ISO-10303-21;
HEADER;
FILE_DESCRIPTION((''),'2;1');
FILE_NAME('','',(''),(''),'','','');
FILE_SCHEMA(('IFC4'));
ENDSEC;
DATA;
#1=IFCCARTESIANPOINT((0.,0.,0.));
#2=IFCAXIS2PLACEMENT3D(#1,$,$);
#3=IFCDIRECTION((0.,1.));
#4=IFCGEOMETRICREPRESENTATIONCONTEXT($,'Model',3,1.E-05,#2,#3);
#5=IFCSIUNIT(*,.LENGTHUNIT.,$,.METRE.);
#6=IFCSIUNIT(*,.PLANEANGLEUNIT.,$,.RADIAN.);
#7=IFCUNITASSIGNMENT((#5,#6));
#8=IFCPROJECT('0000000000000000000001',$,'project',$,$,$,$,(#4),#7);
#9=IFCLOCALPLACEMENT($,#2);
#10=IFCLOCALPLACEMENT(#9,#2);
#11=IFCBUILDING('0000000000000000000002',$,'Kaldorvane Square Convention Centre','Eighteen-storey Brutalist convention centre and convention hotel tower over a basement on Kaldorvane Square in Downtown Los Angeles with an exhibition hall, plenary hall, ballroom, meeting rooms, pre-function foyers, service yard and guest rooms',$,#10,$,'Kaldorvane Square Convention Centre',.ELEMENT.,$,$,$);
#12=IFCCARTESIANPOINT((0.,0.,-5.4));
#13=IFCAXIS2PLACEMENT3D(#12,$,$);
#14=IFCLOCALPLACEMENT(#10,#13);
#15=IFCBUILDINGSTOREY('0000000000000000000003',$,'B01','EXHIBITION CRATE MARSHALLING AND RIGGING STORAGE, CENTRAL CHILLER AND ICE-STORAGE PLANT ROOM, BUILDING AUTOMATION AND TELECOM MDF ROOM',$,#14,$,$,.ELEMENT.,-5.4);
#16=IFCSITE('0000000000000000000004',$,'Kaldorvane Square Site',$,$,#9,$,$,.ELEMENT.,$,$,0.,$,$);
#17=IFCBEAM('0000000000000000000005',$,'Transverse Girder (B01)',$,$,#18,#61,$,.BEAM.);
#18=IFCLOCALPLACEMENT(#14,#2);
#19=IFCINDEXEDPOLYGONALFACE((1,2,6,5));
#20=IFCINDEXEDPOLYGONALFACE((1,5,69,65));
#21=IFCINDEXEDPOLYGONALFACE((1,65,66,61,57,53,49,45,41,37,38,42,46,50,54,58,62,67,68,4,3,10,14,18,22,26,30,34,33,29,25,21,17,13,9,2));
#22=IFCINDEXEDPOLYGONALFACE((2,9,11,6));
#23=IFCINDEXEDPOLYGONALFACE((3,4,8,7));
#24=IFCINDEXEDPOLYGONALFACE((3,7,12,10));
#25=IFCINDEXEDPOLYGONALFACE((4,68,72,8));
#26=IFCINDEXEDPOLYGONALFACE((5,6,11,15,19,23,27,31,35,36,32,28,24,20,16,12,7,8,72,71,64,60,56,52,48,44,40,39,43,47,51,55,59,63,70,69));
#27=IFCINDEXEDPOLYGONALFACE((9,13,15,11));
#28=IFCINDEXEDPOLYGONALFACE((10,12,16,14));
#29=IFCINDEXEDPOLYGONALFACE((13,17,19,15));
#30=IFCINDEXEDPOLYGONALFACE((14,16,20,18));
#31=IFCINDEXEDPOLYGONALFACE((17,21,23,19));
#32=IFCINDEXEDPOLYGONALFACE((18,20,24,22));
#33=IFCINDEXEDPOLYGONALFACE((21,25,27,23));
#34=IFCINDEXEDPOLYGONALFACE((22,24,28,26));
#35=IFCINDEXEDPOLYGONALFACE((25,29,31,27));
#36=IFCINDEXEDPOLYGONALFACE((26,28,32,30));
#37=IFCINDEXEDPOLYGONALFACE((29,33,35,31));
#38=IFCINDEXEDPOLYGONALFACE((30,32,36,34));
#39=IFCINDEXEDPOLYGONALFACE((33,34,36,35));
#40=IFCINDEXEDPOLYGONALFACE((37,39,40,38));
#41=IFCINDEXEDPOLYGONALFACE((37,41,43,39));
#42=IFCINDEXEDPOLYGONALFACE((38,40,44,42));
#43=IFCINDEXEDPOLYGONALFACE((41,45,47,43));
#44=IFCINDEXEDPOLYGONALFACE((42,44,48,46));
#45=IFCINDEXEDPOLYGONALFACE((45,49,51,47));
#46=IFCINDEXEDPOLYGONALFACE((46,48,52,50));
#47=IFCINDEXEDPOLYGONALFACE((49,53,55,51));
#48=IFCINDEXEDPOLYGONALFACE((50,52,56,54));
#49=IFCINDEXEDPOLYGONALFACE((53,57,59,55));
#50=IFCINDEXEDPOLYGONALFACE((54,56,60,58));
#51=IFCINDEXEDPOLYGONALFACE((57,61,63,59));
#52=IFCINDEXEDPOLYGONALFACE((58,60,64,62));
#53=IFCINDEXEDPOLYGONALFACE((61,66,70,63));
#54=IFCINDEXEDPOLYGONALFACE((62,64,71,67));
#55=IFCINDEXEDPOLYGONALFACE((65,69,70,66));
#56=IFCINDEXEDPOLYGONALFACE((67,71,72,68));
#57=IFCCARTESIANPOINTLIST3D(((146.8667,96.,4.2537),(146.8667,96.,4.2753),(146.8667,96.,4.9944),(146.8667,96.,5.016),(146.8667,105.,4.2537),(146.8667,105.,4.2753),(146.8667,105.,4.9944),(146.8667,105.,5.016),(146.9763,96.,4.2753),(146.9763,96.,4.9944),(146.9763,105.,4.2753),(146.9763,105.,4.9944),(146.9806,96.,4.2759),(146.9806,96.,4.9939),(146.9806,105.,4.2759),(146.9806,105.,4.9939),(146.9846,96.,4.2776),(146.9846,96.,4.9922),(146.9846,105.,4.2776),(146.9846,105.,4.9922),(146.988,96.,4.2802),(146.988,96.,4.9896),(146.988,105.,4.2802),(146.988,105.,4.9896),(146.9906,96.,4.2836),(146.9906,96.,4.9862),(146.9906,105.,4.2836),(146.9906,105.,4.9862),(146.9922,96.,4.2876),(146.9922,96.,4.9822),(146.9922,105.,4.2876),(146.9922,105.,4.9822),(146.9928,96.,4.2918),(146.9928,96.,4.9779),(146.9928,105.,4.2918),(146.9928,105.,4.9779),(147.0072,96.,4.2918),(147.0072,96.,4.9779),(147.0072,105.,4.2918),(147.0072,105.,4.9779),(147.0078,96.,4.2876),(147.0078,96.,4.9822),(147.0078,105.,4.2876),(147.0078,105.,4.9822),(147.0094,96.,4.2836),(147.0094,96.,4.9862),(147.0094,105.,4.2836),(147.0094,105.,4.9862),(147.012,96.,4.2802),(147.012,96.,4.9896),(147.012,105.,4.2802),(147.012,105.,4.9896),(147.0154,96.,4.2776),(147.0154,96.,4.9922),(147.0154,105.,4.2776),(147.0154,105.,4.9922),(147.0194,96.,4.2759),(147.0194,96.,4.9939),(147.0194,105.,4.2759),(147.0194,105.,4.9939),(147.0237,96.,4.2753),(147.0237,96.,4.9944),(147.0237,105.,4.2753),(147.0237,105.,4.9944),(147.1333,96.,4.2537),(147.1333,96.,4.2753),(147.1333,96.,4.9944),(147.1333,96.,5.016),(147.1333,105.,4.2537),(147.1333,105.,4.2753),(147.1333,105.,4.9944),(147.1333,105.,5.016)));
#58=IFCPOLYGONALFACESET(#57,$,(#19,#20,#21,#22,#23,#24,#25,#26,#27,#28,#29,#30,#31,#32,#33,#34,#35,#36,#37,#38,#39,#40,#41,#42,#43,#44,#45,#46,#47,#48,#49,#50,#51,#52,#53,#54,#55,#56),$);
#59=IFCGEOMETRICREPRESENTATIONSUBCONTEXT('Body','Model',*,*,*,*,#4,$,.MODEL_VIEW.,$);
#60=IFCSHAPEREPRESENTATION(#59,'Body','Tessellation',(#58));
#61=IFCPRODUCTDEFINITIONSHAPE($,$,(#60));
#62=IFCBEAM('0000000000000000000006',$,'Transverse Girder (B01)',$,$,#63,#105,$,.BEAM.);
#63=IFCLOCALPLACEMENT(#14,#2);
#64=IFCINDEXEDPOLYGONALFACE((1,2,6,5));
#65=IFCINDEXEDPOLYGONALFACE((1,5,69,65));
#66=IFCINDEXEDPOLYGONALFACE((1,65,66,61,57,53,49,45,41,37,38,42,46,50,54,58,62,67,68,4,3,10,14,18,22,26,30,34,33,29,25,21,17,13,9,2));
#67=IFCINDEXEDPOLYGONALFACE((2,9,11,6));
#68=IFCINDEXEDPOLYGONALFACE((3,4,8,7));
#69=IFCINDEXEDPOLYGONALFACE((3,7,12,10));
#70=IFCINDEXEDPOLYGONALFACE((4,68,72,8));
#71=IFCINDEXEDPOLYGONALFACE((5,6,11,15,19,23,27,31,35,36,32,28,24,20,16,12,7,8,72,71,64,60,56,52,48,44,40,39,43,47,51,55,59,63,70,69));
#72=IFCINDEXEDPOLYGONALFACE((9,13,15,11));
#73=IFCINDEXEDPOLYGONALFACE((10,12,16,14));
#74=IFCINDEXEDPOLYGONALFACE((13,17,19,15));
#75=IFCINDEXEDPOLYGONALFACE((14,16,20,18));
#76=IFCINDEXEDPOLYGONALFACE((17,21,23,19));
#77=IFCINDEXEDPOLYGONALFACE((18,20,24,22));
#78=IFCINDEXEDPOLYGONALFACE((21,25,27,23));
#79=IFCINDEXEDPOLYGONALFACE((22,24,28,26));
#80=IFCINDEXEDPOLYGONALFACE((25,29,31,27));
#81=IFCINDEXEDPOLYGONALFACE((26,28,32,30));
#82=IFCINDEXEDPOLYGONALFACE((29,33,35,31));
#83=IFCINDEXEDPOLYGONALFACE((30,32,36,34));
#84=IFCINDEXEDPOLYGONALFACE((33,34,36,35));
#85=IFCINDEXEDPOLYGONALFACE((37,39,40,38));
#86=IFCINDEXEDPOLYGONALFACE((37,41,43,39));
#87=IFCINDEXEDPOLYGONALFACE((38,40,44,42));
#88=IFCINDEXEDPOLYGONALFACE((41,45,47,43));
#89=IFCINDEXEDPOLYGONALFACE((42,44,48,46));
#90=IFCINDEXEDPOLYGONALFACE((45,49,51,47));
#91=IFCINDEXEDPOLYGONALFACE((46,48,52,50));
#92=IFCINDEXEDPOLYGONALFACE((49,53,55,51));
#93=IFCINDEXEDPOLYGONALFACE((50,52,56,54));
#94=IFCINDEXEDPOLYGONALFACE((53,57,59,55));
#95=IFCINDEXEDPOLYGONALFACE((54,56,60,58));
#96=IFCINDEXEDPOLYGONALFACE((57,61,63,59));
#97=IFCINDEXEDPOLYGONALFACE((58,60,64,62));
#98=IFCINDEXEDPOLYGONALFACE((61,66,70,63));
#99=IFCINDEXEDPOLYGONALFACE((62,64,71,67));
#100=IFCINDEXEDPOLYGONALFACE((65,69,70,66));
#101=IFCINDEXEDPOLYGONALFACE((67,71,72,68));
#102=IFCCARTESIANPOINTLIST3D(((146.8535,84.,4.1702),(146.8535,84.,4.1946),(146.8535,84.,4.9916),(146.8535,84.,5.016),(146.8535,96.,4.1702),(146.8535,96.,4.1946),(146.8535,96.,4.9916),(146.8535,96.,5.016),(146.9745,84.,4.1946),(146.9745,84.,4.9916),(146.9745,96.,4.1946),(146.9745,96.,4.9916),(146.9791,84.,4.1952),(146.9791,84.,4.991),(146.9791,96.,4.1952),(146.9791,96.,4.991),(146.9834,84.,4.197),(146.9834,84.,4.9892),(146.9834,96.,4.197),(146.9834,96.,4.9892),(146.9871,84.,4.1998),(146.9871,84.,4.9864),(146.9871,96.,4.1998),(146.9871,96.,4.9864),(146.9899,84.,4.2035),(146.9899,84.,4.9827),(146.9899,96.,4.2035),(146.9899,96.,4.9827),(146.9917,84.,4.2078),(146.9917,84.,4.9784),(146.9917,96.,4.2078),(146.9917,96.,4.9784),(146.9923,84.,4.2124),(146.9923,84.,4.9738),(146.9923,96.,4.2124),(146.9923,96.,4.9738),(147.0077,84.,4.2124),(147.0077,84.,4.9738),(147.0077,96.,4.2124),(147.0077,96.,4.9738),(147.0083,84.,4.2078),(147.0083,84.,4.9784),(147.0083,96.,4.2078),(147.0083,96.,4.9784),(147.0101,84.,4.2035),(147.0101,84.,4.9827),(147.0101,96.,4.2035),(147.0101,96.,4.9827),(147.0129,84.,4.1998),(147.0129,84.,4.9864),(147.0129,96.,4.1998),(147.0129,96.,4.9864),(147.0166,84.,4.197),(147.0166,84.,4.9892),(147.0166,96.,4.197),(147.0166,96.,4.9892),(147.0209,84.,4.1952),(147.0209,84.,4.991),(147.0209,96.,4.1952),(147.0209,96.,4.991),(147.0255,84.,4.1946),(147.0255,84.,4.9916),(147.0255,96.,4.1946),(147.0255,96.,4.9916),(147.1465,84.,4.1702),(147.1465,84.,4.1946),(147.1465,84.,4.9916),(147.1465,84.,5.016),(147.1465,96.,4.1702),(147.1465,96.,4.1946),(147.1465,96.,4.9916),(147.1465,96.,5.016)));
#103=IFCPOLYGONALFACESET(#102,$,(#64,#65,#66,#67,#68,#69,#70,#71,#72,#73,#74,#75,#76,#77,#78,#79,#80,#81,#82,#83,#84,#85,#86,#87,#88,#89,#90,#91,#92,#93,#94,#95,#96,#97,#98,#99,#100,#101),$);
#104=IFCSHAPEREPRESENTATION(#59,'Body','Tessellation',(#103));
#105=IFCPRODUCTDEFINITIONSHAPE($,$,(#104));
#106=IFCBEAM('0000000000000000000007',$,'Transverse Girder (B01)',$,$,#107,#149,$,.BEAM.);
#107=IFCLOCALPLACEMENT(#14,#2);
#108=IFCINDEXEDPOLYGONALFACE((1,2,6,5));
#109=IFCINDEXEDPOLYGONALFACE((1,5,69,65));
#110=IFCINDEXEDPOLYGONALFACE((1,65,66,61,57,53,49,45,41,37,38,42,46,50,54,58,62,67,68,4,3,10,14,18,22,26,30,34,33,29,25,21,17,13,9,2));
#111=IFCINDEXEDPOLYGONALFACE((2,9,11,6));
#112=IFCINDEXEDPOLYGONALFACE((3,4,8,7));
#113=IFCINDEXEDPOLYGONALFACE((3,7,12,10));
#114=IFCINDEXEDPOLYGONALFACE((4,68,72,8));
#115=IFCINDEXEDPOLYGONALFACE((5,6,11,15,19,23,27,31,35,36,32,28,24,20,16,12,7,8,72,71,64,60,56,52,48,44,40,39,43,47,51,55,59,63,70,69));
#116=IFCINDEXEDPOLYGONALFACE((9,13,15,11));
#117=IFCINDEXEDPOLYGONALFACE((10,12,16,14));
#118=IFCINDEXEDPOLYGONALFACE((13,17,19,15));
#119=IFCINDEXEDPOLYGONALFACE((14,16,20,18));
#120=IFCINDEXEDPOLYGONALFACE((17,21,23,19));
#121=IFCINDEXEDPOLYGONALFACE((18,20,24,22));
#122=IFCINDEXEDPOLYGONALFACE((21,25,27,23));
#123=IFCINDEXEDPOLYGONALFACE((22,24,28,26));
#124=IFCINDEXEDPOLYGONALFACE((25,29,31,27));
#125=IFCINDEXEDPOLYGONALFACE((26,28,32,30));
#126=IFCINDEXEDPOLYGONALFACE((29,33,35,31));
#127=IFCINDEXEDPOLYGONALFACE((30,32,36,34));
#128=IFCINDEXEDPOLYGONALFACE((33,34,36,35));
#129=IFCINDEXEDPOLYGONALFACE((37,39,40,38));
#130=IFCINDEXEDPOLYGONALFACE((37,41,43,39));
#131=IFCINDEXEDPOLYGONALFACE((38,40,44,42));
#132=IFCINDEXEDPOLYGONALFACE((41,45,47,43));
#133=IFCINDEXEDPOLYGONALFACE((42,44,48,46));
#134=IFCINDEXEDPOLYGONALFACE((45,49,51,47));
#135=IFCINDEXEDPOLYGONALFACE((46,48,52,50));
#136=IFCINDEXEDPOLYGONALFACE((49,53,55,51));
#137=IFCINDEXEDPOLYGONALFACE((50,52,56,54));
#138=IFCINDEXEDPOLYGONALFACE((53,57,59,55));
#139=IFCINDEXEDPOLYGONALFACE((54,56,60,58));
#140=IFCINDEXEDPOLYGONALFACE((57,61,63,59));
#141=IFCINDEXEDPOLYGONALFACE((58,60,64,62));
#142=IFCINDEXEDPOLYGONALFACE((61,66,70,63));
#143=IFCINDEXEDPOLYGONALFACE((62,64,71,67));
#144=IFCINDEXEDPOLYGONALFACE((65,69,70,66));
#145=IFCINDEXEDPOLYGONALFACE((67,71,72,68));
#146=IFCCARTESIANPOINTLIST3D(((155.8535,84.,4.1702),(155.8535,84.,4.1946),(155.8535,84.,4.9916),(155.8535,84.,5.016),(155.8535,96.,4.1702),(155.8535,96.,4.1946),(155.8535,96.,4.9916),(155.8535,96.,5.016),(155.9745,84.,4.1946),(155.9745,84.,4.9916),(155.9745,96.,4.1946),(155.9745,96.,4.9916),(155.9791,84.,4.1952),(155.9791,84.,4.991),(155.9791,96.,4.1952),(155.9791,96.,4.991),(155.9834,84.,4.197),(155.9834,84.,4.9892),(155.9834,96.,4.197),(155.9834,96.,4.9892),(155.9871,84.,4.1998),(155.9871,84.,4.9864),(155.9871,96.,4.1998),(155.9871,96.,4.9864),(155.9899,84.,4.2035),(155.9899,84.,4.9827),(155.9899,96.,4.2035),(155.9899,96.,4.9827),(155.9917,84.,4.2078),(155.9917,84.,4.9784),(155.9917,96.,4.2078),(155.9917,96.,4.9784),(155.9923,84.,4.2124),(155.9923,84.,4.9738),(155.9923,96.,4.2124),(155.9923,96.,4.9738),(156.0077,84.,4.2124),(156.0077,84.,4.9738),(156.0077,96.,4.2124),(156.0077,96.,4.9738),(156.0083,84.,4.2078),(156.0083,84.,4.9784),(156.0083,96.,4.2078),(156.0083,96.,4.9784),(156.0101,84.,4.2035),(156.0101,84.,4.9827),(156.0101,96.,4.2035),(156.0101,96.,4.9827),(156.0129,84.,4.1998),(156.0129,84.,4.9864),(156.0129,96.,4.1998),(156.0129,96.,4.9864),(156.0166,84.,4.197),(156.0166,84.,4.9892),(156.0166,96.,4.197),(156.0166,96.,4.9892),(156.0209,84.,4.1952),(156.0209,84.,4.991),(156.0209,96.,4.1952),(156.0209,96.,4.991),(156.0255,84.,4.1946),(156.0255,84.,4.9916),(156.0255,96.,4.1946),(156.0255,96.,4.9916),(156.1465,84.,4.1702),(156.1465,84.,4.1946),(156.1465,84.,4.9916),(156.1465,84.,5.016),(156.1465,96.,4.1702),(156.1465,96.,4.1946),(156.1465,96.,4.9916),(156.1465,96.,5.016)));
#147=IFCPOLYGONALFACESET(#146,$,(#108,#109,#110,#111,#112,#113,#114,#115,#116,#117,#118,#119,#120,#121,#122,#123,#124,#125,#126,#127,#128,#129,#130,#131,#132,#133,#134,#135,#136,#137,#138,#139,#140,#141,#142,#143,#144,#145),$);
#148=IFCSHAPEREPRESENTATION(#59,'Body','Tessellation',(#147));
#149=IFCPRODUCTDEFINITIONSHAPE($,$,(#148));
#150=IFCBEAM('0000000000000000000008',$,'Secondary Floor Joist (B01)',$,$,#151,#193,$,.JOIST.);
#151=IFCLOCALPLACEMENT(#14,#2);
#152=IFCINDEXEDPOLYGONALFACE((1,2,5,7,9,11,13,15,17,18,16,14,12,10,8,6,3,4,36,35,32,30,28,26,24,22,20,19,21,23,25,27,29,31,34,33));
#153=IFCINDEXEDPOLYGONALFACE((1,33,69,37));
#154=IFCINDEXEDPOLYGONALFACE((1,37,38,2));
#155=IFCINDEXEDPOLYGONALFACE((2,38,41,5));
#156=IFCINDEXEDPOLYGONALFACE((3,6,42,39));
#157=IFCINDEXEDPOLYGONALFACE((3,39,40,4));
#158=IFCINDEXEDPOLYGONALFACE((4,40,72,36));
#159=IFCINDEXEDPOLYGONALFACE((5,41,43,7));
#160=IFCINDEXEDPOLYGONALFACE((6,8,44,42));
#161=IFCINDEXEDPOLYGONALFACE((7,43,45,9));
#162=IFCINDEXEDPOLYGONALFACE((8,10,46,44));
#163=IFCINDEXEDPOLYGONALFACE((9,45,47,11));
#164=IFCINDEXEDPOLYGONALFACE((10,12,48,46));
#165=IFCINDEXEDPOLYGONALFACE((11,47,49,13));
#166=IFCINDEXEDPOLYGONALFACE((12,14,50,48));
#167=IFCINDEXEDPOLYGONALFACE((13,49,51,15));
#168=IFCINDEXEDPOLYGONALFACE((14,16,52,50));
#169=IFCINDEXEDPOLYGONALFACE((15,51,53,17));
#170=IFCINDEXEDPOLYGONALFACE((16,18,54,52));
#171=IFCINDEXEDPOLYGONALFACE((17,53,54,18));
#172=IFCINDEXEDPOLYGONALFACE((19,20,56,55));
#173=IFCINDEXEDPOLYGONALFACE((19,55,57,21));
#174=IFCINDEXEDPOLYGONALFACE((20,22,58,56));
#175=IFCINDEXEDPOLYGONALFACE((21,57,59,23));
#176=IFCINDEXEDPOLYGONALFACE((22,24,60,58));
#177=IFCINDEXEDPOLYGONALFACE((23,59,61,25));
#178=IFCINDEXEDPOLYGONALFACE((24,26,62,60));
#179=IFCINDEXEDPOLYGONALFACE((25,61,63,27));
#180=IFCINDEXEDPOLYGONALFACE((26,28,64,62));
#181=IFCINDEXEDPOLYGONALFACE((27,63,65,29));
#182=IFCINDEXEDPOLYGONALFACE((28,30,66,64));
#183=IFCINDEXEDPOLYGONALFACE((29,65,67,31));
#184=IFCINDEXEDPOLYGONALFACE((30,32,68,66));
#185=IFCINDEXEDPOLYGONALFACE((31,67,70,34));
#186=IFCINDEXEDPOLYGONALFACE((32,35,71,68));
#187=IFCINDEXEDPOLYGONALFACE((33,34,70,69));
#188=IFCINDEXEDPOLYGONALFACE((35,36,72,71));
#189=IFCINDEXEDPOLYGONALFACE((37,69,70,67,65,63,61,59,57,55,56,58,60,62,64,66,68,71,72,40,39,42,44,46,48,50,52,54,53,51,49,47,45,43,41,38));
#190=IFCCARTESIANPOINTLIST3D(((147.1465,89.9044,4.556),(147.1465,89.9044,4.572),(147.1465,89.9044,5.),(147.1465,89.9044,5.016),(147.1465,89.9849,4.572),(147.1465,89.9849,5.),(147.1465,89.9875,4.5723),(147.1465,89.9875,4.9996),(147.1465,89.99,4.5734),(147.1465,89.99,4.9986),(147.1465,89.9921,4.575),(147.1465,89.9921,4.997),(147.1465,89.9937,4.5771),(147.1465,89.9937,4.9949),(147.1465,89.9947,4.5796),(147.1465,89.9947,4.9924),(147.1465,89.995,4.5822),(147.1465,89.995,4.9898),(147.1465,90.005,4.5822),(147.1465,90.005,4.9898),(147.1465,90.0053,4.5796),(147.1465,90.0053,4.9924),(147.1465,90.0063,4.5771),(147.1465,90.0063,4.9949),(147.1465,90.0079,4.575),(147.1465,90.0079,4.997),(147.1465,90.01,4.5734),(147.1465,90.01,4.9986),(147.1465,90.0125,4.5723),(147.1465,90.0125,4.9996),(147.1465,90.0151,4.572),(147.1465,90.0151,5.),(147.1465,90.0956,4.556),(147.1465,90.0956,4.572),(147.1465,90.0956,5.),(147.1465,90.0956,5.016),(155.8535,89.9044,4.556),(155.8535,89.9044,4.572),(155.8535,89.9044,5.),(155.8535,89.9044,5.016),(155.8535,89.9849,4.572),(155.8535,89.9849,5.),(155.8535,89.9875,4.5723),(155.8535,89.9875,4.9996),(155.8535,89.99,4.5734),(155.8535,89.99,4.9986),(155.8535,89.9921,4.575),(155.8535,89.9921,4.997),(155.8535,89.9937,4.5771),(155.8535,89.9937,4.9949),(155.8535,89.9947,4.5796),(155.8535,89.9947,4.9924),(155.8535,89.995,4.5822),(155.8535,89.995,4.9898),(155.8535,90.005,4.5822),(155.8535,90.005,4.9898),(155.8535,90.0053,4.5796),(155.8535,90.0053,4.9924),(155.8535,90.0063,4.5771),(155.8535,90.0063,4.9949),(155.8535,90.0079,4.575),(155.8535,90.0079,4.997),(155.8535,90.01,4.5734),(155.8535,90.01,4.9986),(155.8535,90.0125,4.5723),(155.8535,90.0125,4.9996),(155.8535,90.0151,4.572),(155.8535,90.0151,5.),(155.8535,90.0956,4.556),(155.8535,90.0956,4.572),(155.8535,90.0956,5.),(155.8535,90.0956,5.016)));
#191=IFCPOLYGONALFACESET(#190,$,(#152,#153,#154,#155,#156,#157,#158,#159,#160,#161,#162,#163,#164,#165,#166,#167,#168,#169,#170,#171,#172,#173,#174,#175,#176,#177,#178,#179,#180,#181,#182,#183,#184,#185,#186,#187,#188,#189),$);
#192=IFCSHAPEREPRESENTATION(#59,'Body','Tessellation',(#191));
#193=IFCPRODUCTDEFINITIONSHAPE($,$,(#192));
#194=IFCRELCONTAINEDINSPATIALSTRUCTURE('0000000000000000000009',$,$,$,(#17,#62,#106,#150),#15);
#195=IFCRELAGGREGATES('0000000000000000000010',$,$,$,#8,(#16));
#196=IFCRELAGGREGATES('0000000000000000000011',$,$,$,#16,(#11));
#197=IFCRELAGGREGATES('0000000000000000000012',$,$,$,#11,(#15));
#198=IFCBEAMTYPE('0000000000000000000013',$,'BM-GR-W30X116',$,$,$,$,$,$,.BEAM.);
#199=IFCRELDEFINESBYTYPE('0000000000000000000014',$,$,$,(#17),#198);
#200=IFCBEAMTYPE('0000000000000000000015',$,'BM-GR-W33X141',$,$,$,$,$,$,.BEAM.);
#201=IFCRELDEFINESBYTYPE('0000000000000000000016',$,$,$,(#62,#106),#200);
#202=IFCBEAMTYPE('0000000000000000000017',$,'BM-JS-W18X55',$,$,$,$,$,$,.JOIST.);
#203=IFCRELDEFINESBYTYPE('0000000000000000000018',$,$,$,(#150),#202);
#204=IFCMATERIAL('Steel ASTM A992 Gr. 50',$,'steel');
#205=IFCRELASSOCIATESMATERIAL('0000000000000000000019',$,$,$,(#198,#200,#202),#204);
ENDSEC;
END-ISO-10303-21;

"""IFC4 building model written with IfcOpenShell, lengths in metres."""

from ifc_helpers import new_model, si_unit, direction, frame, origin, origin_2d, place, context, subcontext, project, spatial, i_section, extrude, material, material_profile, profile_set, type_object, element, save


model = new_model("IFC4")

# Units and contexts
model_context = context("Model", 3, precision=1e-05, world=origin(), true_north=direction((0.0, 1.0)))
body_context = subcontext(model_context, "Body", "Model", "MODEL_VIEW")
ifc_project = project(units=[si_unit("LENGTHUNIT", "METRE"), si_unit("PLANEANGLEUNIT", "RADIAN")], contexts=[model_context])

# Site, building, storey
site_placement = place(None, origin())
site = spatial("IfcSite", under=ifc_project, at=site_placement, Name="Kaldorvane Square Site", CompositionType="ELEMENT", RefElevation=0.0)
building_placement = place(site_placement, origin())
building = spatial("IfcBuilding", under=site, at=building_placement, Name="Kaldorvane Square Convention Centre", Description="Eighteen-storey Brutalist convention centre and convention hotel tower over a basement on Kaldorvane Square in Downtown Los Angeles with an exhibition hall, plenary hall, ballroom, meeting rooms, pre-function foyers, service yard and guest rooms", LongName="Kaldorvane Square Convention Centre", CompositionType="ELEMENT")
storey_placement = place(building_placement, frame((0.0, 0.0, -5.4)))
storey = spatial("IfcBuildingStorey", under=building, at=storey_placement, Name="B01", Description="EXHIBITION CRATE MARSHALLING AND RIGGING STORAGE, CENTRAL CHILLER AND ICE-STORAGE PLANT ROOM, BUILDING AUTOMATION AND TELECOM MDF ROOM", CompositionType="ELEMENT", Elevation=-5.4)

# Shared definitions
ifc_material_1 = material(Name="Steel ASTM A992 Gr. 50", Category="steel")

# Beams
ifc_material_profile_1 = material_profile(ifc_material_1, i_section(OverallWidth=0.2666, OverallDepth=0.7623, WebThickness=0.0144, FlangeThickness=0.0216, FilletRadius=0.0165, at=origin_2d()), Name="W30X116")
ifc_profile_set_1 = profile_set([ifc_material_profile_1], Name="Steel ASTM A992 Gr. 50")
beam_type_1 = type_object("IfcBeamType", Name="BM-GR-W30X116", PredefinedType="BEAM", material=ifc_profile_set_1)
beam_1_placement = place(storey_placement, frame((147.0, 96.0, 4.6349), z_axis=(0.0, 1.0, 0.0), x_axis=(-1.0, 0.0, 0.0)))
element("IfcBeam", 1, at=beam_1_placement, inside=storey, type_object=beam_type_1, Name="Transverse Girder (B01)", PredefinedType="BEAM", context=body_context, shape_type="SweptSolid", body=[
    extrude(i_section(OverallWidth=0.2666, OverallDepth=0.7623, WebThickness=0.0144, FlangeThickness=0.0216, FilletRadius=0.0165, at=origin_2d()), origin(), (0.0, 0.0, 1.0), 9.0),
])
ifc_material_profile_2 = material_profile(ifc_material_1, i_section(OverallWidth=0.293, OverallDepth=0.8458, WebThickness=0.0154, FlangeThickness=0.0244, FilletRadius=0.0178, at=origin_2d()), Name="W33X141")
ifc_profile_set_2 = profile_set([ifc_material_profile_2], Name="Steel ASTM A992 Gr. 50")
beam_type_2 = type_object("IfcBeamType", Name="BM-GR-W33X141", PredefinedType="BEAM", material=ifc_profile_set_2)
for number, where, z_axis, x_axis, name in (
    (2, (147.0, 84.0, 4.5931), (0.0, 1.0, 0.0), (-1.0, 0.0, 0.0), "Transverse Girder (B01)"),
    (3, (156.0, 84.0, 4.5931), (0.0, 1.0, 0.0), (-1.0, 0.0, 0.0), "Transverse Girder (B01)"),
):
    element("IfcBeam", number, at=place(storey_placement, frame(where, z_axis=z_axis, x_axis=x_axis)), inside=storey, type_object=beam_type_2, Name=name, PredefinedType="BEAM", context=body_context, shape_type="SweptSolid", body=[
        extrude(i_section(OverallWidth=0.293, OverallDepth=0.8458, WebThickness=0.0154, FlangeThickness=0.0244, FilletRadius=0.0178, at=origin_2d()), origin(), (0.0, 0.0, 1.0), 12.0),
    ])
ifc_material_profile_3 = material_profile(ifc_material_1, i_section(OverallWidth=0.1913, OverallDepth=0.46, WebThickness=0.0099, FlangeThickness=0.016, FilletRadius=0.0102, at=origin_2d()), Name="W18X55")
ifc_profile_set_3 = profile_set([ifc_material_profile_3], Name="Steel ASTM A992 Gr. 50")
beam_type_3 = type_object("IfcBeamType", Name="BM-JS-W18X55", PredefinedType="JOIST", material=ifc_profile_set_3)
beam_2_placement = place(storey_placement, frame((147.1465, 90.0, 4.786), z_axis=(1.0, 0.0, 0.0), x_axis=(0.0, 1.0, 0.0)))
element("IfcBeam", 4, at=beam_2_placement, inside=storey, type_object=beam_type_3, Name="Secondary Floor Joist (B01)", PredefinedType="JOIST", context=body_context, shape_type="SweptSolid", body=[
    extrude(i_section(OverallWidth=0.1913, OverallDepth=0.46, WebThickness=0.0099, FlangeThickness=0.016, FilletRadius=0.0102, at=origin_2d()), origin(), (0.0, 0.0, 1.0), 8.707),
])

save(model, "model.ifc")
